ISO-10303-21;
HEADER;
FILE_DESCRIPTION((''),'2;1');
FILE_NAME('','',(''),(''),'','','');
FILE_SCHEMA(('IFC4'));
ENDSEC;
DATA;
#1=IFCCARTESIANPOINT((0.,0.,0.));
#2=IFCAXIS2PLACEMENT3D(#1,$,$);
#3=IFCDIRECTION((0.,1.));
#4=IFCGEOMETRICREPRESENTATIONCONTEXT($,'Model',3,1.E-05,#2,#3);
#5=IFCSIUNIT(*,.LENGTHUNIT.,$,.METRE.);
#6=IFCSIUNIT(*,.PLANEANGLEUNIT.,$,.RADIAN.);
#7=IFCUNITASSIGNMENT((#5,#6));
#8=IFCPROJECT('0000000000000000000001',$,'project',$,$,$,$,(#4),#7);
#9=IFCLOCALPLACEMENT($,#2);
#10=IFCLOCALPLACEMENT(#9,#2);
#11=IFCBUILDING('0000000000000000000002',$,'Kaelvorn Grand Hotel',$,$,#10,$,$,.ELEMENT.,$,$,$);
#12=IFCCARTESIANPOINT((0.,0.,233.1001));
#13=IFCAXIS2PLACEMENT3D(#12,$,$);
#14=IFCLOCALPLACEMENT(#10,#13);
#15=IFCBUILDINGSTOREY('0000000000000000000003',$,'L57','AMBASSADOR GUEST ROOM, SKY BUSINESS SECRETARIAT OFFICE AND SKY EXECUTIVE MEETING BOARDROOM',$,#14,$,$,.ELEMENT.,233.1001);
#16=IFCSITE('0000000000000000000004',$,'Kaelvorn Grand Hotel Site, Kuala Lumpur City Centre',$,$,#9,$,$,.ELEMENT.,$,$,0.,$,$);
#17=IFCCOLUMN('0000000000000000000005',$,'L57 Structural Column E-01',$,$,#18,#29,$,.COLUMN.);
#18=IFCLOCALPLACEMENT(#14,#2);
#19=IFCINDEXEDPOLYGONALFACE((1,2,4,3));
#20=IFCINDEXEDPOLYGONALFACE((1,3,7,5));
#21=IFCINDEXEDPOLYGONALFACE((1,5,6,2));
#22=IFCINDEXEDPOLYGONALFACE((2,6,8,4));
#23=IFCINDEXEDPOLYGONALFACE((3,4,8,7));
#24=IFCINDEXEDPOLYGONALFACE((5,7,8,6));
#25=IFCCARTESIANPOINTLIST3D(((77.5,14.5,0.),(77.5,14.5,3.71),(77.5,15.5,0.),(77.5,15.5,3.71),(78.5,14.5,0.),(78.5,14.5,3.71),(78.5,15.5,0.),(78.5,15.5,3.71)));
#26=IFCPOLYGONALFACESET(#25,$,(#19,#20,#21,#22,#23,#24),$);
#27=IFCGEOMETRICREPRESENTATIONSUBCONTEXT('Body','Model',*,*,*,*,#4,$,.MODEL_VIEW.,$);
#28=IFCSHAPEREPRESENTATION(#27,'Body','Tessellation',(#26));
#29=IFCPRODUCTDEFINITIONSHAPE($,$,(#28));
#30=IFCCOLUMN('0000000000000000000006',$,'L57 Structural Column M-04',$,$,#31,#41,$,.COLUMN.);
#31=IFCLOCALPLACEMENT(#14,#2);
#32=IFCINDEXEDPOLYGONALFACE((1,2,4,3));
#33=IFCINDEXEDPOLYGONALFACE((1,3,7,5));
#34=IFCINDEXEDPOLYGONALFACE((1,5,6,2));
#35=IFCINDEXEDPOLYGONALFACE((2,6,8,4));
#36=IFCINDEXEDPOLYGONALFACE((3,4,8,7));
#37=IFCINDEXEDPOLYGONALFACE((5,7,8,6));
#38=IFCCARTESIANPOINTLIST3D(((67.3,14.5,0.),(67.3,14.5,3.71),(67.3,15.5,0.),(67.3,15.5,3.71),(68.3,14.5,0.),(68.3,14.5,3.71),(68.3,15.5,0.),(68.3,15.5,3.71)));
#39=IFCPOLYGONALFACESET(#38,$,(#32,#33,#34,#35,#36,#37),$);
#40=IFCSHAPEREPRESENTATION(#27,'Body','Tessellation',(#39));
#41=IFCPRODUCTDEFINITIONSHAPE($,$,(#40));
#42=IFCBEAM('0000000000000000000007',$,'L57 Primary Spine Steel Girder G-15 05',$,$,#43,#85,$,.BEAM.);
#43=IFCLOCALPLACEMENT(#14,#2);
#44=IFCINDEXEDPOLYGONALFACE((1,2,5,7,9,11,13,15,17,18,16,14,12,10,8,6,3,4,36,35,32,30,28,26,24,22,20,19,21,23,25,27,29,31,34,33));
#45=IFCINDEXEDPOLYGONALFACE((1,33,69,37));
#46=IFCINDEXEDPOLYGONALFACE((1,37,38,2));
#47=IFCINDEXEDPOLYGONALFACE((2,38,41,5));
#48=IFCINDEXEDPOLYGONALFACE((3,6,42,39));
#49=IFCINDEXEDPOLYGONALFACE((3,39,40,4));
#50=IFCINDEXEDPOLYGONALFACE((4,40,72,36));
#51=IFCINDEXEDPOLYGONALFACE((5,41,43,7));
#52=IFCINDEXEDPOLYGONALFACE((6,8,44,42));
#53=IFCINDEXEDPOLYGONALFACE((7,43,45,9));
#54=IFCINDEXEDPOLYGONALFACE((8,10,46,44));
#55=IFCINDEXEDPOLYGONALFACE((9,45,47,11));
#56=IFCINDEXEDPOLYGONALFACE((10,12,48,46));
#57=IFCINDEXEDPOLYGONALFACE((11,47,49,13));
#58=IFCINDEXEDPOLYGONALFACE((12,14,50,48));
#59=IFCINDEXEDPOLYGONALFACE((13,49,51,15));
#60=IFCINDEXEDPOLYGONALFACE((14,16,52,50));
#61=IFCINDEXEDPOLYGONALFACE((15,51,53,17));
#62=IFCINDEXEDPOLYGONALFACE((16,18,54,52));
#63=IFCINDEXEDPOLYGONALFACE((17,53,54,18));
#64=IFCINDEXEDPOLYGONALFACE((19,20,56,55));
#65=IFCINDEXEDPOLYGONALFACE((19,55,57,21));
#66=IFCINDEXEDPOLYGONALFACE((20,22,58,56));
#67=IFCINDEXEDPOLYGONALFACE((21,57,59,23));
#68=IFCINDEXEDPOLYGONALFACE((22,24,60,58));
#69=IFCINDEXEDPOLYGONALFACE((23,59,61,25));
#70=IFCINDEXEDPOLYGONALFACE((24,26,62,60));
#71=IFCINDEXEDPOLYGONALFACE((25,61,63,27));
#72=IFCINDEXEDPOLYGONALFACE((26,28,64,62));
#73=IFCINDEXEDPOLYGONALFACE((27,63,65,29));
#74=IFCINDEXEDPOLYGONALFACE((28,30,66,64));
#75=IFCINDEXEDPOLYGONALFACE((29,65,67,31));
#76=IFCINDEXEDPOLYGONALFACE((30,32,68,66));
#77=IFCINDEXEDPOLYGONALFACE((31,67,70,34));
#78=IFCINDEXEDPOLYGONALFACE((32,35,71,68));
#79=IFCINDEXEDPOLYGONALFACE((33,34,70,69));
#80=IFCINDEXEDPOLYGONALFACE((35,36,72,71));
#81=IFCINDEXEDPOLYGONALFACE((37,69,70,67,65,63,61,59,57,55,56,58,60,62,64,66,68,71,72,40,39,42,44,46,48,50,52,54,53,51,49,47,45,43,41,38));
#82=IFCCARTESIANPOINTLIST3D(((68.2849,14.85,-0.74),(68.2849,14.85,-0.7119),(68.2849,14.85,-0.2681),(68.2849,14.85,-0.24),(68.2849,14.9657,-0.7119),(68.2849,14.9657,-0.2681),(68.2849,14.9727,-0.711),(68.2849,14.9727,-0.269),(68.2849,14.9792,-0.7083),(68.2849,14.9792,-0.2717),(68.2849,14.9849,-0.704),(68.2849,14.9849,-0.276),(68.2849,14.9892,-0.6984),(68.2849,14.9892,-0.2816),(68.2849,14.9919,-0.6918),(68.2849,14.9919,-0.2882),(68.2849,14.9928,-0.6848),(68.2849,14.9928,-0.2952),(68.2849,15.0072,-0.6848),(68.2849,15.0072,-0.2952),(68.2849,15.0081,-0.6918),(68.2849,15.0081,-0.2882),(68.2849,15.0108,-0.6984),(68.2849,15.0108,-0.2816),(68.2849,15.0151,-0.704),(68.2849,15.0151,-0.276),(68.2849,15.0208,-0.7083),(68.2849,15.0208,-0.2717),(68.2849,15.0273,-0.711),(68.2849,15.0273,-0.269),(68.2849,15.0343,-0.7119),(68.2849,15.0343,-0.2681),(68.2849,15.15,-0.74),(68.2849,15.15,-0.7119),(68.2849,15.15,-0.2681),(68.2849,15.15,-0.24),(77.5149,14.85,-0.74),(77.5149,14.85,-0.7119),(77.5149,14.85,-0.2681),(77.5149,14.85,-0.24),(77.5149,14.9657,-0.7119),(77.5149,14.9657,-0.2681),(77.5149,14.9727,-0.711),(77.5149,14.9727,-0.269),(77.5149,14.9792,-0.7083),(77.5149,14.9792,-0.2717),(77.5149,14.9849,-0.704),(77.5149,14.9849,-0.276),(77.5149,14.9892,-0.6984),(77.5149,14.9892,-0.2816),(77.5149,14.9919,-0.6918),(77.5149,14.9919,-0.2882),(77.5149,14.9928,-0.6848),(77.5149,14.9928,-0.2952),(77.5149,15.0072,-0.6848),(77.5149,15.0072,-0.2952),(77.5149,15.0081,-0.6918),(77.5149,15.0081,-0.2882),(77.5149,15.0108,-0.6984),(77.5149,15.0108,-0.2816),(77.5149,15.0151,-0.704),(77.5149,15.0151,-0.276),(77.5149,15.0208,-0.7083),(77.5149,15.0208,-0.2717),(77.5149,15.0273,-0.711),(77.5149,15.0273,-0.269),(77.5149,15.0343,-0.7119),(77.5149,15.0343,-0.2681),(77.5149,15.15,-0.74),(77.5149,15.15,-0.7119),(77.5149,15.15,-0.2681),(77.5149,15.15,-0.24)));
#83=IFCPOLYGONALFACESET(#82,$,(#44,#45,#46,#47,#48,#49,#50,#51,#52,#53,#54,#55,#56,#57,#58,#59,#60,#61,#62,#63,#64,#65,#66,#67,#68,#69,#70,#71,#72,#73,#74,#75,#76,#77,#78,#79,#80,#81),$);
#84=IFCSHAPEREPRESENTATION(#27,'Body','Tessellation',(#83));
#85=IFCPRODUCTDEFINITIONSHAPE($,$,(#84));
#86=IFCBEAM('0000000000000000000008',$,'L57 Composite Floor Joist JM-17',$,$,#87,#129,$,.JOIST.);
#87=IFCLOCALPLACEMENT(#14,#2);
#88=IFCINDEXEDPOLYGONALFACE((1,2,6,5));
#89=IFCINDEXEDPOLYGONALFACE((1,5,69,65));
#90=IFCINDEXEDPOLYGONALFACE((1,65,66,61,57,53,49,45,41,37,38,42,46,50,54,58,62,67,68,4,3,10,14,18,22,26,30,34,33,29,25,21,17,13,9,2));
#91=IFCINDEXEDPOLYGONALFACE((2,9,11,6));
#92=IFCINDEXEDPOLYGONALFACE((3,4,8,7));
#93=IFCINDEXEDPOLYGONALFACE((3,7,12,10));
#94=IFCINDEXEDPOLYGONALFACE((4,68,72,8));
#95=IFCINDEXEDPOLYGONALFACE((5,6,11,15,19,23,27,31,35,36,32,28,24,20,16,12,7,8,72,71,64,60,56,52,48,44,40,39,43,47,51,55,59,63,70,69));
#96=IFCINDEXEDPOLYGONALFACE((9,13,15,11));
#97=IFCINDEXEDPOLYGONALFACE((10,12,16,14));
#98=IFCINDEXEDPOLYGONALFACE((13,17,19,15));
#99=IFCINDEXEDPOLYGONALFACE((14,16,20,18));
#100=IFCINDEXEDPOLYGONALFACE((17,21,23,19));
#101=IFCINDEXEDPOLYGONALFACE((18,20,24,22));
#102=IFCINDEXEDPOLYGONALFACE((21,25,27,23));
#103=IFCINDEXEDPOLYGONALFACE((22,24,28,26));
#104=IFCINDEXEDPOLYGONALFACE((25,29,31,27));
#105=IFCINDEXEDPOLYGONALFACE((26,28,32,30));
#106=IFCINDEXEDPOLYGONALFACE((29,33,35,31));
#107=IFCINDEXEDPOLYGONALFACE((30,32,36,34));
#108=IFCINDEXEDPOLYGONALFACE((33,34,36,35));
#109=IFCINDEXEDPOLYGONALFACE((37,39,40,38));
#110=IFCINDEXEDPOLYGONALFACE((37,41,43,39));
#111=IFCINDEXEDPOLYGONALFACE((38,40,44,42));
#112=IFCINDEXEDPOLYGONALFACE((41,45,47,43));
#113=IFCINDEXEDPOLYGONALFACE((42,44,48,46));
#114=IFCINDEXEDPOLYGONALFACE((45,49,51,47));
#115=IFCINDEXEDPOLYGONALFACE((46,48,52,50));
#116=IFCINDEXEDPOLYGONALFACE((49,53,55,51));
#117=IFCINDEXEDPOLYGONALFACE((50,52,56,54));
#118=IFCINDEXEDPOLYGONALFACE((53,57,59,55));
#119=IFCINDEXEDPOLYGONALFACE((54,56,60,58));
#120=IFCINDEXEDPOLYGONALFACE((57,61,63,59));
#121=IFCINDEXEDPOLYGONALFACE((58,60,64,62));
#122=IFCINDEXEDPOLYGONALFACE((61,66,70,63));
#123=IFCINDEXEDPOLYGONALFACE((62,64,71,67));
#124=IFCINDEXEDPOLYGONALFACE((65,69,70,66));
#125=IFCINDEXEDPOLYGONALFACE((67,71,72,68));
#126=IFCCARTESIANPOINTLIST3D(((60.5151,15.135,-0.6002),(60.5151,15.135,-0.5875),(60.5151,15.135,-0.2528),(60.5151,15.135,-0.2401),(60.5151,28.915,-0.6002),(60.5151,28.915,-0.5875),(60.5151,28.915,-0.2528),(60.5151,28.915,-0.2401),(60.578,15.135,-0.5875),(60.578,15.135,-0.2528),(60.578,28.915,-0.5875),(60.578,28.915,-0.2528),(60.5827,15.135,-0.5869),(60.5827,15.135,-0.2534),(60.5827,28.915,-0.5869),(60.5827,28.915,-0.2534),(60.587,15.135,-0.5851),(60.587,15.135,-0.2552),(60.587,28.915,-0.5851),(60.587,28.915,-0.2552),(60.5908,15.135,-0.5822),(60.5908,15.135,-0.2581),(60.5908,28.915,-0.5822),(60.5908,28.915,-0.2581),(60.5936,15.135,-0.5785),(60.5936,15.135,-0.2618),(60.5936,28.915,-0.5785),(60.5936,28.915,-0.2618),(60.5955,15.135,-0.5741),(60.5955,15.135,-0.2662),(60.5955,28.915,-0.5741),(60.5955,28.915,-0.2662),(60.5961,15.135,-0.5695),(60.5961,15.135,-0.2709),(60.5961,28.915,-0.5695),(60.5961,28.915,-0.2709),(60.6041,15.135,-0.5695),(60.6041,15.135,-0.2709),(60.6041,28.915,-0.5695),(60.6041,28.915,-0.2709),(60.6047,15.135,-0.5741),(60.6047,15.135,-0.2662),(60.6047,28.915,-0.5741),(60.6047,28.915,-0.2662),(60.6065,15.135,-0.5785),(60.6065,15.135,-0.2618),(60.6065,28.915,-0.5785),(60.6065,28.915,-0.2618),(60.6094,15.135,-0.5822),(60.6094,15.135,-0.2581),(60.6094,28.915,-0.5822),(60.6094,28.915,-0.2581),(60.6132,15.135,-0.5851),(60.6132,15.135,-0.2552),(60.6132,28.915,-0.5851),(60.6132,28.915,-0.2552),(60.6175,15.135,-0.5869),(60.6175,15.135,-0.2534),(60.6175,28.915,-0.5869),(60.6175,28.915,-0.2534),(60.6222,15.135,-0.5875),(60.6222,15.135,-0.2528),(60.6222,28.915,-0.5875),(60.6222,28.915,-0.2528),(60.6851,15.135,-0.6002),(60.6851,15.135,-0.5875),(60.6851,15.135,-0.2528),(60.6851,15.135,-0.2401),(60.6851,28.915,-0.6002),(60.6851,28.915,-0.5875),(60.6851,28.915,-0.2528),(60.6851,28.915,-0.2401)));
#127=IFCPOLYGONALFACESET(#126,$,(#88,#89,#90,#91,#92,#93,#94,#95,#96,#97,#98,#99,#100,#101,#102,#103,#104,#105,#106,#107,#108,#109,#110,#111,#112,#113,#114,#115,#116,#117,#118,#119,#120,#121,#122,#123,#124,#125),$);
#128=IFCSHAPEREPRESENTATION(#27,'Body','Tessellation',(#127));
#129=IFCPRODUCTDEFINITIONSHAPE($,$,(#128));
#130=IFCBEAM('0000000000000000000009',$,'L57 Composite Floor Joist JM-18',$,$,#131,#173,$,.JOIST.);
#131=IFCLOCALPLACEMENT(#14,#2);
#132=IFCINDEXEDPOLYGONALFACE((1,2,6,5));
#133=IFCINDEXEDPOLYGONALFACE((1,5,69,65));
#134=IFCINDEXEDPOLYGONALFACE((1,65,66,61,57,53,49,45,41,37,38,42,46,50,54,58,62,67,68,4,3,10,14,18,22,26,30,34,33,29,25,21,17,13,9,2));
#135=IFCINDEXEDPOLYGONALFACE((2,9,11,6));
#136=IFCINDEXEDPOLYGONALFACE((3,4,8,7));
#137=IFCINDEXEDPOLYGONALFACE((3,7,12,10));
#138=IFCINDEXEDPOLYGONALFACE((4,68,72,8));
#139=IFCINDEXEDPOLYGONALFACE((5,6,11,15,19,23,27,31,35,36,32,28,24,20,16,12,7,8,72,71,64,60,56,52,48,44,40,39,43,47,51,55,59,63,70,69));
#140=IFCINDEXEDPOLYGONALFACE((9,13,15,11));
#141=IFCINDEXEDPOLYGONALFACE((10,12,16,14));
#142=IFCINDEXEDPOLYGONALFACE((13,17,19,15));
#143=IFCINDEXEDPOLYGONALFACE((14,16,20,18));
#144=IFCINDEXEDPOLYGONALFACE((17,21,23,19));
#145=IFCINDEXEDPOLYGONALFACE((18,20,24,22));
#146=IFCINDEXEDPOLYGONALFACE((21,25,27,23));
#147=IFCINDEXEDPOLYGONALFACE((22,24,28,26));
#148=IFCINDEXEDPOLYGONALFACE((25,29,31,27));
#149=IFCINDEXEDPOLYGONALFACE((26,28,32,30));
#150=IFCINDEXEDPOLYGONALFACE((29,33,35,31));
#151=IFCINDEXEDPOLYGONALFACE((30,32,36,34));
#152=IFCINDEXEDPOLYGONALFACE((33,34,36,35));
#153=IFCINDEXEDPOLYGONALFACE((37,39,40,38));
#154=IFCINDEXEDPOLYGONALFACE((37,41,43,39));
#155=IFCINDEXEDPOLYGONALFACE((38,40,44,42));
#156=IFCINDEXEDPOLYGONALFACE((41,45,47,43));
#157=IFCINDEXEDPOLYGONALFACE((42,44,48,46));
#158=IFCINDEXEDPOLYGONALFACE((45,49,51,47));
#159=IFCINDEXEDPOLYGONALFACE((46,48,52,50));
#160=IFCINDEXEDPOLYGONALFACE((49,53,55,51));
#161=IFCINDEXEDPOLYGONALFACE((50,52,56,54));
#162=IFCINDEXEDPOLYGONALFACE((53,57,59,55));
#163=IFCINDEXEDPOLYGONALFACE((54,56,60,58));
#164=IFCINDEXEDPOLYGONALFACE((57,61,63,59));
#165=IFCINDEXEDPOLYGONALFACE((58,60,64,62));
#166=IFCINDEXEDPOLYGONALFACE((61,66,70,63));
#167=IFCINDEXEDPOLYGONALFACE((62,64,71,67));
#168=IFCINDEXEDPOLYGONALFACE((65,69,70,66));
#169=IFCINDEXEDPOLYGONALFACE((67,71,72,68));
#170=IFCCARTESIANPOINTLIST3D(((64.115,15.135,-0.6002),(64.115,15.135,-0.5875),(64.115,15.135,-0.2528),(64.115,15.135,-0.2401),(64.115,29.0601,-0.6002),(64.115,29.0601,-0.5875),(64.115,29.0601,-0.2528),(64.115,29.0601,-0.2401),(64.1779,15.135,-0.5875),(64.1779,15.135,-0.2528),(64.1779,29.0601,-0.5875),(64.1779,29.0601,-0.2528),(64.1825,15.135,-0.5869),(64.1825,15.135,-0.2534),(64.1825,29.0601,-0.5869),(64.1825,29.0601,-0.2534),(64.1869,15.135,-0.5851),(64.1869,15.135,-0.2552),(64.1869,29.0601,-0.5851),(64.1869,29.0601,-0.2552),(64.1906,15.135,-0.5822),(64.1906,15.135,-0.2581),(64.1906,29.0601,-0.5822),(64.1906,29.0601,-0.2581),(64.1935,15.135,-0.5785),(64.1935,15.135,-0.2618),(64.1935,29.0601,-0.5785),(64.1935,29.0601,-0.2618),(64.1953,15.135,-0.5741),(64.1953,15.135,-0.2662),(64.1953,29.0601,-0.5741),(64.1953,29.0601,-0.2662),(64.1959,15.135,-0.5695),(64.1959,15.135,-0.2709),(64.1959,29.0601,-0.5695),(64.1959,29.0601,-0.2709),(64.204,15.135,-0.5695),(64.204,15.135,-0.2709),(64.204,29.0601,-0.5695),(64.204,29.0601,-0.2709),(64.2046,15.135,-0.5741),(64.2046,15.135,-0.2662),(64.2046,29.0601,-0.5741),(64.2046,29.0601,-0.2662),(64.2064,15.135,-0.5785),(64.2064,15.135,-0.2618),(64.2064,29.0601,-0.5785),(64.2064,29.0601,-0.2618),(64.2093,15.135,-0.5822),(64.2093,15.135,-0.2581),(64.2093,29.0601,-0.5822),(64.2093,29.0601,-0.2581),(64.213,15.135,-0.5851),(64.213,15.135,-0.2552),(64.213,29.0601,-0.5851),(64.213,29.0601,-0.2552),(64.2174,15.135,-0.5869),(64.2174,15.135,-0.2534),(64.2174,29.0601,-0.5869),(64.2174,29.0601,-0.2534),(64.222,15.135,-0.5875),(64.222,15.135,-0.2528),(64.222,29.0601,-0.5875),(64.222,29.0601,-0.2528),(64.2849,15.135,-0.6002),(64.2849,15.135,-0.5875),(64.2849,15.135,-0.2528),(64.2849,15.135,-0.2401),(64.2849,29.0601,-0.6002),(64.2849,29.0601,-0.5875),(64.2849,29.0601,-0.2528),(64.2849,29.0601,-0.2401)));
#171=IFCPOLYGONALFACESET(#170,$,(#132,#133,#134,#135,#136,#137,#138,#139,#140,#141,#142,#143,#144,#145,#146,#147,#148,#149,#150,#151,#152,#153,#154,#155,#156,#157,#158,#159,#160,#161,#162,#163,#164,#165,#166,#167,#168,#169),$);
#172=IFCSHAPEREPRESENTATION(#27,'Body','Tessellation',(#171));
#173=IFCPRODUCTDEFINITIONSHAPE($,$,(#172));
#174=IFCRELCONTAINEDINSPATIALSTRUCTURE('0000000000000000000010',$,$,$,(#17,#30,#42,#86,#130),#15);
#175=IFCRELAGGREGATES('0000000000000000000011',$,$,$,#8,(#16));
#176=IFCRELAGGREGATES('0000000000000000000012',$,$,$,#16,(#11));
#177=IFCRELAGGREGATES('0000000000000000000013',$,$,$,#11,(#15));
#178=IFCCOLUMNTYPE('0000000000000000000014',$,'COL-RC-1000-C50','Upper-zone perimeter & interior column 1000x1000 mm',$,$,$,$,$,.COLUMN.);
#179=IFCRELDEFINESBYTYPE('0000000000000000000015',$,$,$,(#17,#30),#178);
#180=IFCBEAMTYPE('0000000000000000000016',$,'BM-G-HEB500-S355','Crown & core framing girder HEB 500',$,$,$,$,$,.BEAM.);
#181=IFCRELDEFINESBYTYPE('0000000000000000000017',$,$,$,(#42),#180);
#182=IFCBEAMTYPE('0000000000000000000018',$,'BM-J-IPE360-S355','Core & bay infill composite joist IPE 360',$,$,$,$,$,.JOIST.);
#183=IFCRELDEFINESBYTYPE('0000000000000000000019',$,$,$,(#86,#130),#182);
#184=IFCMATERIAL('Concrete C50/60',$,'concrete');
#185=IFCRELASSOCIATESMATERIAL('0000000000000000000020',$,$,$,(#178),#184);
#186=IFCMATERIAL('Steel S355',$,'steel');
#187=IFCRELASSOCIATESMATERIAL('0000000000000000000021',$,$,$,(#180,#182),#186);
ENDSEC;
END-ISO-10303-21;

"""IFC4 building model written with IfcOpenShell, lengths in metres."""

from ifc_helpers import new_model, si_unit, direction, frame, origin, origin_2d, place, context, subcontext, project, spatial, rectangle, i_section, extrude, material, material_profile, profile_set, type_object, element, save


model = new_model("IFC4")

# Units and contexts
model_context = context("Model", 3, precision=1e-05, world=origin(), true_north=direction((0.0, 1.0)))
body_context = subcontext(model_context, "Body", "Model", "MODEL_VIEW")
ifc_project = project(units=[si_unit("LENGTHUNIT", "METRE"), si_unit("PLANEANGLEUNIT", "RADIAN")], contexts=[model_context])

# Site, building, storey
site_placement = place(None, origin())
site = spatial("IfcSite", under=ifc_project, at=site_placement, Name="Kaelvorn Grand Hotel Site, Kuala Lumpur City Centre", CompositionType="ELEMENT", RefElevation=0.0)
building_placement = place(site_placement, origin())
building = spatial("IfcBuilding", under=site, at=building_placement, Name="Kaelvorn Grand Hotel", CompositionType="ELEMENT")
storey_placement = place(building_placement, frame((0.0, 0.0, 233.1001)))
storey = spatial("IfcBuildingStorey", under=building, at=storey_placement, Name="L57", Description="AMBASSADOR GUEST ROOM, SKY BUSINESS SECRETARIAT OFFICE AND SKY EXECUTIVE MEETING BOARDROOM", CompositionType="ELEMENT", Elevation=233.1001)

# Columns
ifc_material_1 = material(Name="Concrete C50/60", Category="concrete")
ifc_material_profile_1 = material_profile(ifc_material_1, rectangle(XDim=1.0, YDim=1.0, at=origin_2d()), Name="RC COL 1000x1000")
ifc_profile_set_1 = profile_set([ifc_material_profile_1], Name="Concrete C50/60")
column_type = type_object("IfcColumnType", Name="COL-RC-1000-C50", Description="Upper-zone perimeter & interior column 1000x1000 mm", PredefinedType="COLUMN", material=ifc_profile_set_1)
for number, where, z_axis, x_axis, name in (
    (1, (78.0, 15.0, 0.0), (0.0, 0.0, 1.0), (1.0, 0.0, 0.0), "L57 Structural Column E-01"),
    (2, (67.8, 15.0, 0.0), (0.0, 0.0, 1.0), (1.0, 0.0, 0.0), "L57 Structural Column M-04"),
):
    element("IfcColumn", number, at=place(storey_placement, frame(where, z_axis=z_axis, x_axis=x_axis)), inside=storey, type_object=column_type, Name=name, PredefinedType="COLUMN", context=body_context, shape_type="SweptSolid", body=[
        extrude(rectangle(XDim=1.0, YDim=1.0, at=origin_2d()), origin(), (0.0, 0.0, 1.0), 3.71),
    ])

# Beams
ifc_material_2 = material(Name="Steel S355", Category="steel")
ifc_material_profile_2 = material_profile(ifc_material_2, i_section(OverallWidth=0.3, OverallDepth=0.5, WebThickness=0.0144, FlangeThickness=0.0281, FilletRadius=0.0271, at=origin_2d()), Name="HEB 500")
ifc_profile_set_2 = profile_set([ifc_material_profile_2], Name="Steel S355")
beam_type_1 = type_object("IfcBeamType", Name="BM-G-HEB500-S355", Description="Crown & core framing girder HEB 500", PredefinedType="BEAM", material=ifc_profile_set_2)
beam_1_placement = place(storey_placement, frame((68.2849, 15.0, -0.49), z_axis=(1.0, 0.0, 0.0), x_axis=(0.0, 1.0, 0.0)))
element("IfcBeam", 3, at=beam_1_placement, inside=storey, type_object=beam_type_1, Name="L57 Primary Spine Steel Girder G-15 05", PredefinedType="BEAM", context=body_context, shape_type="SweptSolid", body=[
    extrude(i_section(OverallWidth=0.3, OverallDepth=0.5, WebThickness=0.0144, FlangeThickness=0.0281, FilletRadius=0.0271, at=origin_2d()), origin(), (0.0, 0.0, 1.0), 9.23),
])
ifc_material_profile_3 = material_profile(ifc_material_2, i_section(OverallWidth=0.1699, OverallDepth=0.3601, WebThickness=0.0081, FlangeThickness=0.0127, FilletRadius=0.0181, at=origin_2d()), Name="IPE 360")
ifc_profile_set_3 = profile_set([ifc_material_profile_3], Name="Steel S355")
beam_type_2 = type_object("IfcBeamType", Name="BM-J-IPE360-S355", Description="Core & bay infill composite joist IPE 360", PredefinedType="JOIST", material=ifc_profile_set_3)
beam_2_placement = place(storey_placement, frame((60.6001, 15.135, -0.4202), z_axis=(0.0, 1.0, 0.0), x_axis=(-1.0, 0.0, 0.0)))
element("IfcBeam", 4, at=beam_2_placement, inside=storey, type_object=beam_type_2, Name="L57 Composite Floor Joist JM-17", PredefinedType="JOIST", context=body_context, shape_type="SweptSolid", body=[
    extrude(i_section(OverallWidth=0.1699, OverallDepth=0.3601, WebThickness=0.0081, FlangeThickness=0.0127, FilletRadius=0.0181, at=origin_2d()), origin(), (0.0, 0.0, 1.0), 13.78),
])
beam_3_placement = place(storey_placement, frame((64.2, 15.135, -0.4202), z_axis=(0.0, 1.0, 0.0), x_axis=(-1.0, 0.0, 0.0)))
element("IfcBeam", 5, at=beam_3_placement, inside=storey, type_object=beam_type_2, Name="L57 Composite Floor Joist JM-18", PredefinedType="JOIST", context=body_context, shape_type="SweptSolid", body=[
    extrude(i_section(OverallWidth=0.1699, OverallDepth=0.3601, WebThickness=0.0081, FlangeThickness=0.0127, FilletRadius=0.0181, at=origin_2d()), origin(), (0.0, 0.0, 1.0), 13.925),
])

save(model, "model.ifc")
